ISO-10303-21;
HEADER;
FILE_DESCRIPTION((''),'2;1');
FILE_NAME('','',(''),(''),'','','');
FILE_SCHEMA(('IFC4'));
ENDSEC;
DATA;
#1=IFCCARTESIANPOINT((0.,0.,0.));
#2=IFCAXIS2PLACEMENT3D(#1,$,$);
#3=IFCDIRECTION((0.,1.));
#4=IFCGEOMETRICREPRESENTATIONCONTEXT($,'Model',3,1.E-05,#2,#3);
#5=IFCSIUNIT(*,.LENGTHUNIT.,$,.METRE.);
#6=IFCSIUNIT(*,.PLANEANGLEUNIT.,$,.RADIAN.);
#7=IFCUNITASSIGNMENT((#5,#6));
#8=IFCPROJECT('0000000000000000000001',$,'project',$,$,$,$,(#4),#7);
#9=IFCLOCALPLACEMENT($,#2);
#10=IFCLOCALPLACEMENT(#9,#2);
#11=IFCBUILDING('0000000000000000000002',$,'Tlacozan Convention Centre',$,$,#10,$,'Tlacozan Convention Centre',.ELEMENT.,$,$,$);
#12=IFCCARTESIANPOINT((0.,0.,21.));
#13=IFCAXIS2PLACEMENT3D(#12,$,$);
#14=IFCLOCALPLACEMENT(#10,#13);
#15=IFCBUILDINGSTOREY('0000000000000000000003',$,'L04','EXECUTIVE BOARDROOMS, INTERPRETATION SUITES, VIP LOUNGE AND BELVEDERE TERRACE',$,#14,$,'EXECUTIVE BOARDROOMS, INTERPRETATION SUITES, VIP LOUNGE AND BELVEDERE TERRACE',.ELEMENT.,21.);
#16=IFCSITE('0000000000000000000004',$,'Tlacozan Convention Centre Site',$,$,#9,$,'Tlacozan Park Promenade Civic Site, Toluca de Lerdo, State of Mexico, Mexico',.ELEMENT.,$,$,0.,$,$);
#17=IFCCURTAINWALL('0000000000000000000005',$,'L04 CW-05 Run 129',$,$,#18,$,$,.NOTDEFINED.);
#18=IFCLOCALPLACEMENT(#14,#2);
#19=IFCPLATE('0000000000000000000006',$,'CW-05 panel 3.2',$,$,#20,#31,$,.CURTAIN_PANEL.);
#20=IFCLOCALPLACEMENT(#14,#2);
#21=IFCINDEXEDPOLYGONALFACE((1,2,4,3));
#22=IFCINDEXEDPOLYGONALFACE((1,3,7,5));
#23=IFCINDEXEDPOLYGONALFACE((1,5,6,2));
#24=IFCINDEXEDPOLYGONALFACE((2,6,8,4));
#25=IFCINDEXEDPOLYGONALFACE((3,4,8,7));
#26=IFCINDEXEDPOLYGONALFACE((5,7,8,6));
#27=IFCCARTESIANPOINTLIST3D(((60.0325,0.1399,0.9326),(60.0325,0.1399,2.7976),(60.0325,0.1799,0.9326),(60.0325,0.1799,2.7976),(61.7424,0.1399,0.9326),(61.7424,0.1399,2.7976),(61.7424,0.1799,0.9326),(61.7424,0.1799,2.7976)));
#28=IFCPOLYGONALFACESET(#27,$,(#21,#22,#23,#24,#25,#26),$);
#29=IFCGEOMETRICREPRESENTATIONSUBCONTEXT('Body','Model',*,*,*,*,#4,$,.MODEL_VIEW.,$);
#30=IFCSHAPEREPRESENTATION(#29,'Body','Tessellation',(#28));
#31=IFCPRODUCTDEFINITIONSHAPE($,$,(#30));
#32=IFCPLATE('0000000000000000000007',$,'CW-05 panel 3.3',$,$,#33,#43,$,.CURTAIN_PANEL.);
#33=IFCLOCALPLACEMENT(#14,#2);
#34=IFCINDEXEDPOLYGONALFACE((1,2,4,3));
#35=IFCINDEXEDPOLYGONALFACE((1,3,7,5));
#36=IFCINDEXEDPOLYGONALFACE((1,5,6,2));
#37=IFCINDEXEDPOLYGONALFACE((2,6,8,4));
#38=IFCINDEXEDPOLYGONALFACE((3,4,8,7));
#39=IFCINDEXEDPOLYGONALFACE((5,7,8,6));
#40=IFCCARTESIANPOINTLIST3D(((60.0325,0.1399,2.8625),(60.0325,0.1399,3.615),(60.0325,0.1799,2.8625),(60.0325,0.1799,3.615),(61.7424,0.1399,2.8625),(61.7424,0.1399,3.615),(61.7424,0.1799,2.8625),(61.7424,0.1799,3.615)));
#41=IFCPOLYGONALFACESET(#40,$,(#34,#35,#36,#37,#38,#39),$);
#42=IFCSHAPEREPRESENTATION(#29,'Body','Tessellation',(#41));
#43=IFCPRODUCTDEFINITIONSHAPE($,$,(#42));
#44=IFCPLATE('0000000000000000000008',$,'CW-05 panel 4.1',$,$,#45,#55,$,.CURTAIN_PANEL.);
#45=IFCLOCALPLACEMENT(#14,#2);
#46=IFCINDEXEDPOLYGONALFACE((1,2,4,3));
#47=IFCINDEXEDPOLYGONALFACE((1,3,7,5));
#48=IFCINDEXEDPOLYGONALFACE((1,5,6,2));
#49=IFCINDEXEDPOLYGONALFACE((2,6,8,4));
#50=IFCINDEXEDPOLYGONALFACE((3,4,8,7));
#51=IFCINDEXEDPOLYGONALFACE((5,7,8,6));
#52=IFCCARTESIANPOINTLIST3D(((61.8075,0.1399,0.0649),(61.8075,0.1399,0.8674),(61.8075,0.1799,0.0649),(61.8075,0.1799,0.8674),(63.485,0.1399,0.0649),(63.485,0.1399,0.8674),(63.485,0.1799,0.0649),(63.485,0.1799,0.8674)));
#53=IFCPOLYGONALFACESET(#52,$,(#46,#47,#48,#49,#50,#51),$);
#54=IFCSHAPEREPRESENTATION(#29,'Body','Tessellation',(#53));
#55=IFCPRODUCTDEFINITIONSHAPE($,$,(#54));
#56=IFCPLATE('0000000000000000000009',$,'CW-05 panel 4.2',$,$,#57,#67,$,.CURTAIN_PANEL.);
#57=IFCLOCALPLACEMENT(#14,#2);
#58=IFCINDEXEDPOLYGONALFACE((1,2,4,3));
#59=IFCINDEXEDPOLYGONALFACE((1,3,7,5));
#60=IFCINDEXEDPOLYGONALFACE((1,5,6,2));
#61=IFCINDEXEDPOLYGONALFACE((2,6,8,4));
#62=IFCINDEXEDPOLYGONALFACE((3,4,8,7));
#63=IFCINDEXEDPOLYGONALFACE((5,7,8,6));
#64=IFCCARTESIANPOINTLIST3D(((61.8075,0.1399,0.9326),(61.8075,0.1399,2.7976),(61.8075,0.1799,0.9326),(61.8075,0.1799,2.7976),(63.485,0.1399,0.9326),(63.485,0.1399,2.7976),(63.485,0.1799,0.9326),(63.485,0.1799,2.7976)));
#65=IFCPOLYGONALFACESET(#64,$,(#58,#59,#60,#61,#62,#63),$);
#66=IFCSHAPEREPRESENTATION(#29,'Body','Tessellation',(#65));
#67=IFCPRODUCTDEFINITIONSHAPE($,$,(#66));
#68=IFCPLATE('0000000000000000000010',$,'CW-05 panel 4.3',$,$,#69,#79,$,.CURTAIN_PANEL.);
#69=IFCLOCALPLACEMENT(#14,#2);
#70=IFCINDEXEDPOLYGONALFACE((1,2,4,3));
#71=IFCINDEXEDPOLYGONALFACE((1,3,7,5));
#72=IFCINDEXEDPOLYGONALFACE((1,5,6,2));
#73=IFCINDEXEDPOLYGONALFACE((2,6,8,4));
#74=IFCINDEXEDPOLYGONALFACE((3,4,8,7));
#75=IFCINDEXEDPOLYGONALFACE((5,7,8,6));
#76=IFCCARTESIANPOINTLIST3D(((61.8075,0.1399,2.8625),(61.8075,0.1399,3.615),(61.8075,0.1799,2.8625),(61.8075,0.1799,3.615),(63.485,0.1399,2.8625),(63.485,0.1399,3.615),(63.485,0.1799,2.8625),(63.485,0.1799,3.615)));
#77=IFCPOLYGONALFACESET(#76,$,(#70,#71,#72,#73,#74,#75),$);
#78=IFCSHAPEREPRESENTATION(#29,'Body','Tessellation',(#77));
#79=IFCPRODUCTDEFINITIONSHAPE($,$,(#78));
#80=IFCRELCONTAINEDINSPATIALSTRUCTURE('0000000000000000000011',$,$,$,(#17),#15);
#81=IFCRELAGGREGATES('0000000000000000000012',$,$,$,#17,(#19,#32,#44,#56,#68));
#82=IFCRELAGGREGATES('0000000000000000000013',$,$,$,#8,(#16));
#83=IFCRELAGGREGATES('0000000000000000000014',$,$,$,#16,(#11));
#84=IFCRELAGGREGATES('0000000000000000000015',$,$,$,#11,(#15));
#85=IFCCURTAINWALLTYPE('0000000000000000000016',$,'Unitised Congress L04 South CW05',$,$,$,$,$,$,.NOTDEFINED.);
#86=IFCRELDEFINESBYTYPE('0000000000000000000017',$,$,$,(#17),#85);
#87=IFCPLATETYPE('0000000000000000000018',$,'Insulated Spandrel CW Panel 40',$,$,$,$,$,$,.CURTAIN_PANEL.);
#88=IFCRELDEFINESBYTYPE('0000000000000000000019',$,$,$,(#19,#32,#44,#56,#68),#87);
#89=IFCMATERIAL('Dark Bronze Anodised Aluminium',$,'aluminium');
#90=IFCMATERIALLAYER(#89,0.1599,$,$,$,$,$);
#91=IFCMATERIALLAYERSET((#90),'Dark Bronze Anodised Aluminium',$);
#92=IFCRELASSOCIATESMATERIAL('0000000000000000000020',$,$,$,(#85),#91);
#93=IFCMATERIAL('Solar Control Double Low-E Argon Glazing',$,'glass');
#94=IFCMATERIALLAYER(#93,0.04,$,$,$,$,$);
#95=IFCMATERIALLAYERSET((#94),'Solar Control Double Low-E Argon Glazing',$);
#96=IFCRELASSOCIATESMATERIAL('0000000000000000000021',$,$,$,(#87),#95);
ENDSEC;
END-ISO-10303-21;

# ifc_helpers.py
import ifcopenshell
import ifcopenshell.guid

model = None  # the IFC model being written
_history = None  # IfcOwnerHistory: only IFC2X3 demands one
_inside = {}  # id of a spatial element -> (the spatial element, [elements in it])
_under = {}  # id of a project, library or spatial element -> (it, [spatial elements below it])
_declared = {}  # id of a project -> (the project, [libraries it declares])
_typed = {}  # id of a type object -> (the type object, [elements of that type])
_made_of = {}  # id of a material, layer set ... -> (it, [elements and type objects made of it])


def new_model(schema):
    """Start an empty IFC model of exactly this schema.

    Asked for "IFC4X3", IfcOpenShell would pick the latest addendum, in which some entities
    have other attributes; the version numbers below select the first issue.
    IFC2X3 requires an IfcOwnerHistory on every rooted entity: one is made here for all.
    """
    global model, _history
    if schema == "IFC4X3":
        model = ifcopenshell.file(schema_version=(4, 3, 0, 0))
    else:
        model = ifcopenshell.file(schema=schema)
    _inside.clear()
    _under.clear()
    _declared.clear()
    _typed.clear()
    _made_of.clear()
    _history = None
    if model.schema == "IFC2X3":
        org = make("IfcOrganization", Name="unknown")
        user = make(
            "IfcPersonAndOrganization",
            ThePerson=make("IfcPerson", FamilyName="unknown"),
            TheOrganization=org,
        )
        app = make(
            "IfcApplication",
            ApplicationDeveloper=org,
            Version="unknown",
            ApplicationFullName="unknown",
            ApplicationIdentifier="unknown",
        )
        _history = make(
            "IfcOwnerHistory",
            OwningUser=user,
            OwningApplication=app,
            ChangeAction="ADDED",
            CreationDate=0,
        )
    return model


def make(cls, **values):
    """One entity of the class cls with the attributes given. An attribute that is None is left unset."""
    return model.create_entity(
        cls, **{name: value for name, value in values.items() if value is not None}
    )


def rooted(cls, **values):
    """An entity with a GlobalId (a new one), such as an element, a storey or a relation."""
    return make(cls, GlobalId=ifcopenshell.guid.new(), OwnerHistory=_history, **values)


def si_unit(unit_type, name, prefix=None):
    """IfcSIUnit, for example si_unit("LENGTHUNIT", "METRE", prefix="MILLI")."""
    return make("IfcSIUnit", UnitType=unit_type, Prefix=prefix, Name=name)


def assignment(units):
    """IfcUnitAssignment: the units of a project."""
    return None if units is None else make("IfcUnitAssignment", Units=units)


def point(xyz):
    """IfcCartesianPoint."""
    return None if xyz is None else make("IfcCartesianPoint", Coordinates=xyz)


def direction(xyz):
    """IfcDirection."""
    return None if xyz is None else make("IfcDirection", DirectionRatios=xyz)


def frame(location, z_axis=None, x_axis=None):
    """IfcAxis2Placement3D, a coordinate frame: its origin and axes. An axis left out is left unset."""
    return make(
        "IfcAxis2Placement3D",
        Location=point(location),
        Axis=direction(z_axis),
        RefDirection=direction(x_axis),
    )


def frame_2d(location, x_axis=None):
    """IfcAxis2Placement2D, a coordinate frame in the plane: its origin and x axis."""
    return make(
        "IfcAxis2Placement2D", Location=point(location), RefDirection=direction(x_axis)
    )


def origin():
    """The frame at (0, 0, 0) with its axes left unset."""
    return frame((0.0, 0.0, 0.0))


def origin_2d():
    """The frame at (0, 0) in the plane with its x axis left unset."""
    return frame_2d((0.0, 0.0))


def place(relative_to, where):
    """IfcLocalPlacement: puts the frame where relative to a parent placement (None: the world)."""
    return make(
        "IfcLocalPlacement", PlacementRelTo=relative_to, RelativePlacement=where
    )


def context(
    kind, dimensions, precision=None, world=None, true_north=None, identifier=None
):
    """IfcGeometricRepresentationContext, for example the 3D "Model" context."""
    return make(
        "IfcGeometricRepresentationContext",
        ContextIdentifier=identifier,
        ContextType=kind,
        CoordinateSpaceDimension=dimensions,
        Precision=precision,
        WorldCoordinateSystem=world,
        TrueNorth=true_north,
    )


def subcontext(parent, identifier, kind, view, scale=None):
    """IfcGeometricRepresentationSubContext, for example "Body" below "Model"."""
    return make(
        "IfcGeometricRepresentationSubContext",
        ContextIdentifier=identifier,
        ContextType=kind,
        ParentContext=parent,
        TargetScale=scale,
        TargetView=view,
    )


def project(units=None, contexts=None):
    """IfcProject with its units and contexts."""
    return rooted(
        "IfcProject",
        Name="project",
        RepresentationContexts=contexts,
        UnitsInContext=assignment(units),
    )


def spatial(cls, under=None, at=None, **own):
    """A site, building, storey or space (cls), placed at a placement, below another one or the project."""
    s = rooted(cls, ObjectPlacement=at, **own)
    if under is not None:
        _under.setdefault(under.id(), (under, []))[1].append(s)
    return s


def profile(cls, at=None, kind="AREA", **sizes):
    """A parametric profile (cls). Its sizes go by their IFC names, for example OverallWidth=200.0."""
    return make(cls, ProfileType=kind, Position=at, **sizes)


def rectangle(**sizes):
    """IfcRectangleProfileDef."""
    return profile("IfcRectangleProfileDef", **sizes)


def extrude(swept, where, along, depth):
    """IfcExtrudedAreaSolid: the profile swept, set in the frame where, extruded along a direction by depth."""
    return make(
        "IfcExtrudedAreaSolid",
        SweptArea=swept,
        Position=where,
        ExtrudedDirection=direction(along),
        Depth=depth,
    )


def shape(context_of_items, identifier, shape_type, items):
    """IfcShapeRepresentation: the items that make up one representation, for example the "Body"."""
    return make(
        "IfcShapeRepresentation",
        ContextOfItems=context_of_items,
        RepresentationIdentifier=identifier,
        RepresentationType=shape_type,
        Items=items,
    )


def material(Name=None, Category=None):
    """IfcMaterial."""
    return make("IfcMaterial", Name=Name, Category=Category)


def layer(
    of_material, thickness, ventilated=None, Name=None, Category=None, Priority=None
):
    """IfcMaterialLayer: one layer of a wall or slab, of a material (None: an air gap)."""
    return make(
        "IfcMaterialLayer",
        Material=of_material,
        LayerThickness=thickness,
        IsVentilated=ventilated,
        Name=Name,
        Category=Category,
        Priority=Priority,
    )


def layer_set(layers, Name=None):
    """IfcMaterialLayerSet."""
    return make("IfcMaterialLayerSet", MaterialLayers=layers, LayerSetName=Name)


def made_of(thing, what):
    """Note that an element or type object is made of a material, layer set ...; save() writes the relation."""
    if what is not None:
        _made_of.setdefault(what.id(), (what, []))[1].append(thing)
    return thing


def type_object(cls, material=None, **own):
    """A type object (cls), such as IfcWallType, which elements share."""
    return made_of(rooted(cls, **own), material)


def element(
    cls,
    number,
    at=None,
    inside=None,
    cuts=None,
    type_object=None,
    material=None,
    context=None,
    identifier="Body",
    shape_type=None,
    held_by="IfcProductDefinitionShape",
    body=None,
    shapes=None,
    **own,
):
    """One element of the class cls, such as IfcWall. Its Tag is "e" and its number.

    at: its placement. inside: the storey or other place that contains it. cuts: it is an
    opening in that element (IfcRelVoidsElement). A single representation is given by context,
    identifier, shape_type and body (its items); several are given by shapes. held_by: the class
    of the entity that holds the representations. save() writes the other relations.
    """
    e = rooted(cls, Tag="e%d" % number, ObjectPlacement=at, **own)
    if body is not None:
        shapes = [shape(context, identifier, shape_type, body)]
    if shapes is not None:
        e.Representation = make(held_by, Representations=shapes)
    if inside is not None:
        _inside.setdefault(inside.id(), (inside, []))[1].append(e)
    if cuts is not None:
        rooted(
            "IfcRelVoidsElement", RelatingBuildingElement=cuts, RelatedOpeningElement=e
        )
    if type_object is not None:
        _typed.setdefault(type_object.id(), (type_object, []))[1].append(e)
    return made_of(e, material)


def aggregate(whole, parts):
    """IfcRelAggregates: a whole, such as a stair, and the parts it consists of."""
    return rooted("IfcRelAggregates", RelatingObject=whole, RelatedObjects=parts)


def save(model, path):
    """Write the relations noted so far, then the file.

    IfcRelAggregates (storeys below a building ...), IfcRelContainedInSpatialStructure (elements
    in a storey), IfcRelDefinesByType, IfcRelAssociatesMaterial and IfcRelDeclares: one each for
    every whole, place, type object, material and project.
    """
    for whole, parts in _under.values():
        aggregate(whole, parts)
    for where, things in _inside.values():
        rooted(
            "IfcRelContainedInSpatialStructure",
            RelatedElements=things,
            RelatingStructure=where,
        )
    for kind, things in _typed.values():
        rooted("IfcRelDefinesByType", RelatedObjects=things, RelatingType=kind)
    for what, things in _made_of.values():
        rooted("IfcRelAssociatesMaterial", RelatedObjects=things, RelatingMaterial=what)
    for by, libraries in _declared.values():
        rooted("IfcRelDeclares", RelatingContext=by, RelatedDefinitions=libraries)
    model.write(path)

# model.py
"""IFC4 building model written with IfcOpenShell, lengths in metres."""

from ifc_helpers import new_model, si_unit, direction, frame, origin, origin_2d, place, context, subcontext, project, spatial, rectangle, extrude, material, layer, layer_set, type_object, element, aggregate, save


model = new_model("IFC4")

# Units and contexts
model_context = context("Model", 3, precision=1e-05, world=origin(), true_north=direction((0.0, 1.0)))
body_context = subcontext(model_context, "Body", "Model", "MODEL_VIEW")
ifc_project = project(units=[si_unit("LENGTHUNIT", "METRE"), si_unit("PLANEANGLEUNIT", "RADIAN")], contexts=[model_context])

# Site, building, storey
site_placement = place(None, origin())
site = spatial("IfcSite", under=ifc_project, at=site_placement, Name="Tlacozan Convention Centre Site", LongName="Tlacozan Park Promenade Civic Site, Toluca de Lerdo, State of Mexico, Mexico", CompositionType="ELEMENT", RefElevation=0.0)
building_placement = place(site_placement, origin())
building = spatial("IfcBuilding", under=site, at=building_placement, Name="Tlacozan Convention Centre", LongName="Tlacozan Convention Centre", CompositionType="ELEMENT")
storey_placement = place(building_placement, frame((0.0, 0.0, 21.0)))
storey = spatial("IfcBuildingStorey", under=building, at=storey_placement, Name="L04", Description="EXECUTIVE BOARDROOMS, INTERPRETATION SUITES, VIP LOUNGE AND BELVEDERE TERRACE", LongName="EXECUTIVE BOARDROOMS, INTERPRETATION SUITES, VIP LOUNGE AND BELVEDERE TERRACE", CompositionType="ELEMENT", Elevation=21.0)

# Curtain wall
ifc_material_1 = material(Name="Dark Bronze Anodised Aluminium", Category="aluminium")
ifc_layer_1 = layer(ifc_material_1, 0.1599)
ifc_layer_set_1 = layer_set([ifc_layer_1], Name="Dark Bronze Anodised Aluminium")
curtain_wall_type = type_object("IfcCurtainWallType", Name="Unitised Congress L04 South CW05", PredefinedType="NOTDEFINED", material=ifc_layer_set_1)
curtain_wall_1_placement = place(storey_placement, origin())
curtain_wall_1 = element("IfcCurtainWall", 1, at=curtain_wall_1_placement, inside=storey, type_object=curtain_wall_type, Name="L04 CW-05 Run 129", PredefinedType="NOTDEFINED")

# Plates
ifc_material_2 = material(Name="Solar Control Double Low-E Argon Glazing", Category="glass")
ifc_layer_2 = layer(ifc_material_2, 0.04)
ifc_layer_set_2 = layer_set([ifc_layer_2], Name="Solar Control Double Low-E Argon Glazing")
plate_type_1 = type_object("IfcPlateType", Name="Insulated Spandrel CW Panel 40", PredefinedType="CURTAIN_PANEL", material=ifc_layer_set_2)
plate_1_placement = place(storey_placement, frame((60.8875, 0.1599, 0.9326), z_axis=(0.0, 0.0, 1.0), x_axis=(1.0, 0.0, 0.0)))
plate_1 = element("IfcPlate", 2, at=plate_1_placement, type_object=plate_type_1, Name="CW-05 panel 3.2", PredefinedType="CURTAIN_PANEL", context=body_context, shape_type="SweptSolid", body=[
    extrude(rectangle(XDim=1.71, YDim=0.04, at=origin_2d()), origin(), (0.0, 0.0, 1.0), 1.865),
])
plate_2_placement = place(storey_placement, frame((60.8875, 0.1599, 2.8625), z_axis=(0.0, 0.0, 1.0), x_axis=(1.0, 0.0, 0.0)))
plate_2 = element("IfcPlate", 3, at=plate_2_placement, type_object=plate_type_1, Name="CW-05 panel 3.3", PredefinedType="CURTAIN_PANEL", context=body_context, shape_type="SweptSolid", body=[
    extrude(rectangle(XDim=1.71, YDim=0.04, at=origin_2d()), origin(), (0.0, 0.0, 1.0), 0.7524),
])
plate_3_placement = place(storey_placement, frame((62.6462, 0.1599, 0.0649), z_axis=(0.0, 0.0, 1.0), x_axis=(1.0, 0.0, 0.0)))
plate_3 = element("IfcPlate", 4, at=plate_3_placement, type_object=plate_type_1, Name="CW-05 panel 4.1", PredefinedType="CURTAIN_PANEL", context=body_context, shape_type="SweptSolid", body=[
    extrude(rectangle(XDim=1.6775, YDim=0.04, at=origin_2d()), origin(), (0.0, 0.0, 1.0), 0.8025),
])
plate_4_placement = place(storey_placement, frame((62.6462, 0.1599, 0.9326), z_axis=(0.0, 0.0, 1.0), x_axis=(1.0, 0.0, 0.0)))
plate_4 = element("IfcPlate", 5, at=plate_4_placement, type_object=plate_type_1, Name="CW-05 panel 4.2", PredefinedType="CURTAIN_PANEL", context=body_context, shape_type="SweptSolid", body=[
    extrude(rectangle(XDim=1.6775, YDim=0.04, at=origin_2d()), origin(), (0.0, 0.0, 1.0), 1.865),
])
plate_5_placement = place(storey_placement, frame((62.6462, 0.1599, 2.8625), z_axis=(0.0, 0.0, 1.0), x_axis=(1.0, 0.0, 0.0)))
plate_5 = element("IfcPlate", 6, at=plate_5_placement, type_object=plate_type_1, Name="CW-05 panel 4.3", PredefinedType="CURTAIN_PANEL", context=body_context, shape_type="SweptSolid", body=[
    extrude(rectangle(XDim=1.6775, YDim=0.04, at=origin_2d()), origin(), (0.0, 0.0, 1.0), 0.7524),
])
aggregate(curtain_wall_1, [plate_1, plate_2, plate_3, plate_4, plate_5])

save(model, "model.ifc")
